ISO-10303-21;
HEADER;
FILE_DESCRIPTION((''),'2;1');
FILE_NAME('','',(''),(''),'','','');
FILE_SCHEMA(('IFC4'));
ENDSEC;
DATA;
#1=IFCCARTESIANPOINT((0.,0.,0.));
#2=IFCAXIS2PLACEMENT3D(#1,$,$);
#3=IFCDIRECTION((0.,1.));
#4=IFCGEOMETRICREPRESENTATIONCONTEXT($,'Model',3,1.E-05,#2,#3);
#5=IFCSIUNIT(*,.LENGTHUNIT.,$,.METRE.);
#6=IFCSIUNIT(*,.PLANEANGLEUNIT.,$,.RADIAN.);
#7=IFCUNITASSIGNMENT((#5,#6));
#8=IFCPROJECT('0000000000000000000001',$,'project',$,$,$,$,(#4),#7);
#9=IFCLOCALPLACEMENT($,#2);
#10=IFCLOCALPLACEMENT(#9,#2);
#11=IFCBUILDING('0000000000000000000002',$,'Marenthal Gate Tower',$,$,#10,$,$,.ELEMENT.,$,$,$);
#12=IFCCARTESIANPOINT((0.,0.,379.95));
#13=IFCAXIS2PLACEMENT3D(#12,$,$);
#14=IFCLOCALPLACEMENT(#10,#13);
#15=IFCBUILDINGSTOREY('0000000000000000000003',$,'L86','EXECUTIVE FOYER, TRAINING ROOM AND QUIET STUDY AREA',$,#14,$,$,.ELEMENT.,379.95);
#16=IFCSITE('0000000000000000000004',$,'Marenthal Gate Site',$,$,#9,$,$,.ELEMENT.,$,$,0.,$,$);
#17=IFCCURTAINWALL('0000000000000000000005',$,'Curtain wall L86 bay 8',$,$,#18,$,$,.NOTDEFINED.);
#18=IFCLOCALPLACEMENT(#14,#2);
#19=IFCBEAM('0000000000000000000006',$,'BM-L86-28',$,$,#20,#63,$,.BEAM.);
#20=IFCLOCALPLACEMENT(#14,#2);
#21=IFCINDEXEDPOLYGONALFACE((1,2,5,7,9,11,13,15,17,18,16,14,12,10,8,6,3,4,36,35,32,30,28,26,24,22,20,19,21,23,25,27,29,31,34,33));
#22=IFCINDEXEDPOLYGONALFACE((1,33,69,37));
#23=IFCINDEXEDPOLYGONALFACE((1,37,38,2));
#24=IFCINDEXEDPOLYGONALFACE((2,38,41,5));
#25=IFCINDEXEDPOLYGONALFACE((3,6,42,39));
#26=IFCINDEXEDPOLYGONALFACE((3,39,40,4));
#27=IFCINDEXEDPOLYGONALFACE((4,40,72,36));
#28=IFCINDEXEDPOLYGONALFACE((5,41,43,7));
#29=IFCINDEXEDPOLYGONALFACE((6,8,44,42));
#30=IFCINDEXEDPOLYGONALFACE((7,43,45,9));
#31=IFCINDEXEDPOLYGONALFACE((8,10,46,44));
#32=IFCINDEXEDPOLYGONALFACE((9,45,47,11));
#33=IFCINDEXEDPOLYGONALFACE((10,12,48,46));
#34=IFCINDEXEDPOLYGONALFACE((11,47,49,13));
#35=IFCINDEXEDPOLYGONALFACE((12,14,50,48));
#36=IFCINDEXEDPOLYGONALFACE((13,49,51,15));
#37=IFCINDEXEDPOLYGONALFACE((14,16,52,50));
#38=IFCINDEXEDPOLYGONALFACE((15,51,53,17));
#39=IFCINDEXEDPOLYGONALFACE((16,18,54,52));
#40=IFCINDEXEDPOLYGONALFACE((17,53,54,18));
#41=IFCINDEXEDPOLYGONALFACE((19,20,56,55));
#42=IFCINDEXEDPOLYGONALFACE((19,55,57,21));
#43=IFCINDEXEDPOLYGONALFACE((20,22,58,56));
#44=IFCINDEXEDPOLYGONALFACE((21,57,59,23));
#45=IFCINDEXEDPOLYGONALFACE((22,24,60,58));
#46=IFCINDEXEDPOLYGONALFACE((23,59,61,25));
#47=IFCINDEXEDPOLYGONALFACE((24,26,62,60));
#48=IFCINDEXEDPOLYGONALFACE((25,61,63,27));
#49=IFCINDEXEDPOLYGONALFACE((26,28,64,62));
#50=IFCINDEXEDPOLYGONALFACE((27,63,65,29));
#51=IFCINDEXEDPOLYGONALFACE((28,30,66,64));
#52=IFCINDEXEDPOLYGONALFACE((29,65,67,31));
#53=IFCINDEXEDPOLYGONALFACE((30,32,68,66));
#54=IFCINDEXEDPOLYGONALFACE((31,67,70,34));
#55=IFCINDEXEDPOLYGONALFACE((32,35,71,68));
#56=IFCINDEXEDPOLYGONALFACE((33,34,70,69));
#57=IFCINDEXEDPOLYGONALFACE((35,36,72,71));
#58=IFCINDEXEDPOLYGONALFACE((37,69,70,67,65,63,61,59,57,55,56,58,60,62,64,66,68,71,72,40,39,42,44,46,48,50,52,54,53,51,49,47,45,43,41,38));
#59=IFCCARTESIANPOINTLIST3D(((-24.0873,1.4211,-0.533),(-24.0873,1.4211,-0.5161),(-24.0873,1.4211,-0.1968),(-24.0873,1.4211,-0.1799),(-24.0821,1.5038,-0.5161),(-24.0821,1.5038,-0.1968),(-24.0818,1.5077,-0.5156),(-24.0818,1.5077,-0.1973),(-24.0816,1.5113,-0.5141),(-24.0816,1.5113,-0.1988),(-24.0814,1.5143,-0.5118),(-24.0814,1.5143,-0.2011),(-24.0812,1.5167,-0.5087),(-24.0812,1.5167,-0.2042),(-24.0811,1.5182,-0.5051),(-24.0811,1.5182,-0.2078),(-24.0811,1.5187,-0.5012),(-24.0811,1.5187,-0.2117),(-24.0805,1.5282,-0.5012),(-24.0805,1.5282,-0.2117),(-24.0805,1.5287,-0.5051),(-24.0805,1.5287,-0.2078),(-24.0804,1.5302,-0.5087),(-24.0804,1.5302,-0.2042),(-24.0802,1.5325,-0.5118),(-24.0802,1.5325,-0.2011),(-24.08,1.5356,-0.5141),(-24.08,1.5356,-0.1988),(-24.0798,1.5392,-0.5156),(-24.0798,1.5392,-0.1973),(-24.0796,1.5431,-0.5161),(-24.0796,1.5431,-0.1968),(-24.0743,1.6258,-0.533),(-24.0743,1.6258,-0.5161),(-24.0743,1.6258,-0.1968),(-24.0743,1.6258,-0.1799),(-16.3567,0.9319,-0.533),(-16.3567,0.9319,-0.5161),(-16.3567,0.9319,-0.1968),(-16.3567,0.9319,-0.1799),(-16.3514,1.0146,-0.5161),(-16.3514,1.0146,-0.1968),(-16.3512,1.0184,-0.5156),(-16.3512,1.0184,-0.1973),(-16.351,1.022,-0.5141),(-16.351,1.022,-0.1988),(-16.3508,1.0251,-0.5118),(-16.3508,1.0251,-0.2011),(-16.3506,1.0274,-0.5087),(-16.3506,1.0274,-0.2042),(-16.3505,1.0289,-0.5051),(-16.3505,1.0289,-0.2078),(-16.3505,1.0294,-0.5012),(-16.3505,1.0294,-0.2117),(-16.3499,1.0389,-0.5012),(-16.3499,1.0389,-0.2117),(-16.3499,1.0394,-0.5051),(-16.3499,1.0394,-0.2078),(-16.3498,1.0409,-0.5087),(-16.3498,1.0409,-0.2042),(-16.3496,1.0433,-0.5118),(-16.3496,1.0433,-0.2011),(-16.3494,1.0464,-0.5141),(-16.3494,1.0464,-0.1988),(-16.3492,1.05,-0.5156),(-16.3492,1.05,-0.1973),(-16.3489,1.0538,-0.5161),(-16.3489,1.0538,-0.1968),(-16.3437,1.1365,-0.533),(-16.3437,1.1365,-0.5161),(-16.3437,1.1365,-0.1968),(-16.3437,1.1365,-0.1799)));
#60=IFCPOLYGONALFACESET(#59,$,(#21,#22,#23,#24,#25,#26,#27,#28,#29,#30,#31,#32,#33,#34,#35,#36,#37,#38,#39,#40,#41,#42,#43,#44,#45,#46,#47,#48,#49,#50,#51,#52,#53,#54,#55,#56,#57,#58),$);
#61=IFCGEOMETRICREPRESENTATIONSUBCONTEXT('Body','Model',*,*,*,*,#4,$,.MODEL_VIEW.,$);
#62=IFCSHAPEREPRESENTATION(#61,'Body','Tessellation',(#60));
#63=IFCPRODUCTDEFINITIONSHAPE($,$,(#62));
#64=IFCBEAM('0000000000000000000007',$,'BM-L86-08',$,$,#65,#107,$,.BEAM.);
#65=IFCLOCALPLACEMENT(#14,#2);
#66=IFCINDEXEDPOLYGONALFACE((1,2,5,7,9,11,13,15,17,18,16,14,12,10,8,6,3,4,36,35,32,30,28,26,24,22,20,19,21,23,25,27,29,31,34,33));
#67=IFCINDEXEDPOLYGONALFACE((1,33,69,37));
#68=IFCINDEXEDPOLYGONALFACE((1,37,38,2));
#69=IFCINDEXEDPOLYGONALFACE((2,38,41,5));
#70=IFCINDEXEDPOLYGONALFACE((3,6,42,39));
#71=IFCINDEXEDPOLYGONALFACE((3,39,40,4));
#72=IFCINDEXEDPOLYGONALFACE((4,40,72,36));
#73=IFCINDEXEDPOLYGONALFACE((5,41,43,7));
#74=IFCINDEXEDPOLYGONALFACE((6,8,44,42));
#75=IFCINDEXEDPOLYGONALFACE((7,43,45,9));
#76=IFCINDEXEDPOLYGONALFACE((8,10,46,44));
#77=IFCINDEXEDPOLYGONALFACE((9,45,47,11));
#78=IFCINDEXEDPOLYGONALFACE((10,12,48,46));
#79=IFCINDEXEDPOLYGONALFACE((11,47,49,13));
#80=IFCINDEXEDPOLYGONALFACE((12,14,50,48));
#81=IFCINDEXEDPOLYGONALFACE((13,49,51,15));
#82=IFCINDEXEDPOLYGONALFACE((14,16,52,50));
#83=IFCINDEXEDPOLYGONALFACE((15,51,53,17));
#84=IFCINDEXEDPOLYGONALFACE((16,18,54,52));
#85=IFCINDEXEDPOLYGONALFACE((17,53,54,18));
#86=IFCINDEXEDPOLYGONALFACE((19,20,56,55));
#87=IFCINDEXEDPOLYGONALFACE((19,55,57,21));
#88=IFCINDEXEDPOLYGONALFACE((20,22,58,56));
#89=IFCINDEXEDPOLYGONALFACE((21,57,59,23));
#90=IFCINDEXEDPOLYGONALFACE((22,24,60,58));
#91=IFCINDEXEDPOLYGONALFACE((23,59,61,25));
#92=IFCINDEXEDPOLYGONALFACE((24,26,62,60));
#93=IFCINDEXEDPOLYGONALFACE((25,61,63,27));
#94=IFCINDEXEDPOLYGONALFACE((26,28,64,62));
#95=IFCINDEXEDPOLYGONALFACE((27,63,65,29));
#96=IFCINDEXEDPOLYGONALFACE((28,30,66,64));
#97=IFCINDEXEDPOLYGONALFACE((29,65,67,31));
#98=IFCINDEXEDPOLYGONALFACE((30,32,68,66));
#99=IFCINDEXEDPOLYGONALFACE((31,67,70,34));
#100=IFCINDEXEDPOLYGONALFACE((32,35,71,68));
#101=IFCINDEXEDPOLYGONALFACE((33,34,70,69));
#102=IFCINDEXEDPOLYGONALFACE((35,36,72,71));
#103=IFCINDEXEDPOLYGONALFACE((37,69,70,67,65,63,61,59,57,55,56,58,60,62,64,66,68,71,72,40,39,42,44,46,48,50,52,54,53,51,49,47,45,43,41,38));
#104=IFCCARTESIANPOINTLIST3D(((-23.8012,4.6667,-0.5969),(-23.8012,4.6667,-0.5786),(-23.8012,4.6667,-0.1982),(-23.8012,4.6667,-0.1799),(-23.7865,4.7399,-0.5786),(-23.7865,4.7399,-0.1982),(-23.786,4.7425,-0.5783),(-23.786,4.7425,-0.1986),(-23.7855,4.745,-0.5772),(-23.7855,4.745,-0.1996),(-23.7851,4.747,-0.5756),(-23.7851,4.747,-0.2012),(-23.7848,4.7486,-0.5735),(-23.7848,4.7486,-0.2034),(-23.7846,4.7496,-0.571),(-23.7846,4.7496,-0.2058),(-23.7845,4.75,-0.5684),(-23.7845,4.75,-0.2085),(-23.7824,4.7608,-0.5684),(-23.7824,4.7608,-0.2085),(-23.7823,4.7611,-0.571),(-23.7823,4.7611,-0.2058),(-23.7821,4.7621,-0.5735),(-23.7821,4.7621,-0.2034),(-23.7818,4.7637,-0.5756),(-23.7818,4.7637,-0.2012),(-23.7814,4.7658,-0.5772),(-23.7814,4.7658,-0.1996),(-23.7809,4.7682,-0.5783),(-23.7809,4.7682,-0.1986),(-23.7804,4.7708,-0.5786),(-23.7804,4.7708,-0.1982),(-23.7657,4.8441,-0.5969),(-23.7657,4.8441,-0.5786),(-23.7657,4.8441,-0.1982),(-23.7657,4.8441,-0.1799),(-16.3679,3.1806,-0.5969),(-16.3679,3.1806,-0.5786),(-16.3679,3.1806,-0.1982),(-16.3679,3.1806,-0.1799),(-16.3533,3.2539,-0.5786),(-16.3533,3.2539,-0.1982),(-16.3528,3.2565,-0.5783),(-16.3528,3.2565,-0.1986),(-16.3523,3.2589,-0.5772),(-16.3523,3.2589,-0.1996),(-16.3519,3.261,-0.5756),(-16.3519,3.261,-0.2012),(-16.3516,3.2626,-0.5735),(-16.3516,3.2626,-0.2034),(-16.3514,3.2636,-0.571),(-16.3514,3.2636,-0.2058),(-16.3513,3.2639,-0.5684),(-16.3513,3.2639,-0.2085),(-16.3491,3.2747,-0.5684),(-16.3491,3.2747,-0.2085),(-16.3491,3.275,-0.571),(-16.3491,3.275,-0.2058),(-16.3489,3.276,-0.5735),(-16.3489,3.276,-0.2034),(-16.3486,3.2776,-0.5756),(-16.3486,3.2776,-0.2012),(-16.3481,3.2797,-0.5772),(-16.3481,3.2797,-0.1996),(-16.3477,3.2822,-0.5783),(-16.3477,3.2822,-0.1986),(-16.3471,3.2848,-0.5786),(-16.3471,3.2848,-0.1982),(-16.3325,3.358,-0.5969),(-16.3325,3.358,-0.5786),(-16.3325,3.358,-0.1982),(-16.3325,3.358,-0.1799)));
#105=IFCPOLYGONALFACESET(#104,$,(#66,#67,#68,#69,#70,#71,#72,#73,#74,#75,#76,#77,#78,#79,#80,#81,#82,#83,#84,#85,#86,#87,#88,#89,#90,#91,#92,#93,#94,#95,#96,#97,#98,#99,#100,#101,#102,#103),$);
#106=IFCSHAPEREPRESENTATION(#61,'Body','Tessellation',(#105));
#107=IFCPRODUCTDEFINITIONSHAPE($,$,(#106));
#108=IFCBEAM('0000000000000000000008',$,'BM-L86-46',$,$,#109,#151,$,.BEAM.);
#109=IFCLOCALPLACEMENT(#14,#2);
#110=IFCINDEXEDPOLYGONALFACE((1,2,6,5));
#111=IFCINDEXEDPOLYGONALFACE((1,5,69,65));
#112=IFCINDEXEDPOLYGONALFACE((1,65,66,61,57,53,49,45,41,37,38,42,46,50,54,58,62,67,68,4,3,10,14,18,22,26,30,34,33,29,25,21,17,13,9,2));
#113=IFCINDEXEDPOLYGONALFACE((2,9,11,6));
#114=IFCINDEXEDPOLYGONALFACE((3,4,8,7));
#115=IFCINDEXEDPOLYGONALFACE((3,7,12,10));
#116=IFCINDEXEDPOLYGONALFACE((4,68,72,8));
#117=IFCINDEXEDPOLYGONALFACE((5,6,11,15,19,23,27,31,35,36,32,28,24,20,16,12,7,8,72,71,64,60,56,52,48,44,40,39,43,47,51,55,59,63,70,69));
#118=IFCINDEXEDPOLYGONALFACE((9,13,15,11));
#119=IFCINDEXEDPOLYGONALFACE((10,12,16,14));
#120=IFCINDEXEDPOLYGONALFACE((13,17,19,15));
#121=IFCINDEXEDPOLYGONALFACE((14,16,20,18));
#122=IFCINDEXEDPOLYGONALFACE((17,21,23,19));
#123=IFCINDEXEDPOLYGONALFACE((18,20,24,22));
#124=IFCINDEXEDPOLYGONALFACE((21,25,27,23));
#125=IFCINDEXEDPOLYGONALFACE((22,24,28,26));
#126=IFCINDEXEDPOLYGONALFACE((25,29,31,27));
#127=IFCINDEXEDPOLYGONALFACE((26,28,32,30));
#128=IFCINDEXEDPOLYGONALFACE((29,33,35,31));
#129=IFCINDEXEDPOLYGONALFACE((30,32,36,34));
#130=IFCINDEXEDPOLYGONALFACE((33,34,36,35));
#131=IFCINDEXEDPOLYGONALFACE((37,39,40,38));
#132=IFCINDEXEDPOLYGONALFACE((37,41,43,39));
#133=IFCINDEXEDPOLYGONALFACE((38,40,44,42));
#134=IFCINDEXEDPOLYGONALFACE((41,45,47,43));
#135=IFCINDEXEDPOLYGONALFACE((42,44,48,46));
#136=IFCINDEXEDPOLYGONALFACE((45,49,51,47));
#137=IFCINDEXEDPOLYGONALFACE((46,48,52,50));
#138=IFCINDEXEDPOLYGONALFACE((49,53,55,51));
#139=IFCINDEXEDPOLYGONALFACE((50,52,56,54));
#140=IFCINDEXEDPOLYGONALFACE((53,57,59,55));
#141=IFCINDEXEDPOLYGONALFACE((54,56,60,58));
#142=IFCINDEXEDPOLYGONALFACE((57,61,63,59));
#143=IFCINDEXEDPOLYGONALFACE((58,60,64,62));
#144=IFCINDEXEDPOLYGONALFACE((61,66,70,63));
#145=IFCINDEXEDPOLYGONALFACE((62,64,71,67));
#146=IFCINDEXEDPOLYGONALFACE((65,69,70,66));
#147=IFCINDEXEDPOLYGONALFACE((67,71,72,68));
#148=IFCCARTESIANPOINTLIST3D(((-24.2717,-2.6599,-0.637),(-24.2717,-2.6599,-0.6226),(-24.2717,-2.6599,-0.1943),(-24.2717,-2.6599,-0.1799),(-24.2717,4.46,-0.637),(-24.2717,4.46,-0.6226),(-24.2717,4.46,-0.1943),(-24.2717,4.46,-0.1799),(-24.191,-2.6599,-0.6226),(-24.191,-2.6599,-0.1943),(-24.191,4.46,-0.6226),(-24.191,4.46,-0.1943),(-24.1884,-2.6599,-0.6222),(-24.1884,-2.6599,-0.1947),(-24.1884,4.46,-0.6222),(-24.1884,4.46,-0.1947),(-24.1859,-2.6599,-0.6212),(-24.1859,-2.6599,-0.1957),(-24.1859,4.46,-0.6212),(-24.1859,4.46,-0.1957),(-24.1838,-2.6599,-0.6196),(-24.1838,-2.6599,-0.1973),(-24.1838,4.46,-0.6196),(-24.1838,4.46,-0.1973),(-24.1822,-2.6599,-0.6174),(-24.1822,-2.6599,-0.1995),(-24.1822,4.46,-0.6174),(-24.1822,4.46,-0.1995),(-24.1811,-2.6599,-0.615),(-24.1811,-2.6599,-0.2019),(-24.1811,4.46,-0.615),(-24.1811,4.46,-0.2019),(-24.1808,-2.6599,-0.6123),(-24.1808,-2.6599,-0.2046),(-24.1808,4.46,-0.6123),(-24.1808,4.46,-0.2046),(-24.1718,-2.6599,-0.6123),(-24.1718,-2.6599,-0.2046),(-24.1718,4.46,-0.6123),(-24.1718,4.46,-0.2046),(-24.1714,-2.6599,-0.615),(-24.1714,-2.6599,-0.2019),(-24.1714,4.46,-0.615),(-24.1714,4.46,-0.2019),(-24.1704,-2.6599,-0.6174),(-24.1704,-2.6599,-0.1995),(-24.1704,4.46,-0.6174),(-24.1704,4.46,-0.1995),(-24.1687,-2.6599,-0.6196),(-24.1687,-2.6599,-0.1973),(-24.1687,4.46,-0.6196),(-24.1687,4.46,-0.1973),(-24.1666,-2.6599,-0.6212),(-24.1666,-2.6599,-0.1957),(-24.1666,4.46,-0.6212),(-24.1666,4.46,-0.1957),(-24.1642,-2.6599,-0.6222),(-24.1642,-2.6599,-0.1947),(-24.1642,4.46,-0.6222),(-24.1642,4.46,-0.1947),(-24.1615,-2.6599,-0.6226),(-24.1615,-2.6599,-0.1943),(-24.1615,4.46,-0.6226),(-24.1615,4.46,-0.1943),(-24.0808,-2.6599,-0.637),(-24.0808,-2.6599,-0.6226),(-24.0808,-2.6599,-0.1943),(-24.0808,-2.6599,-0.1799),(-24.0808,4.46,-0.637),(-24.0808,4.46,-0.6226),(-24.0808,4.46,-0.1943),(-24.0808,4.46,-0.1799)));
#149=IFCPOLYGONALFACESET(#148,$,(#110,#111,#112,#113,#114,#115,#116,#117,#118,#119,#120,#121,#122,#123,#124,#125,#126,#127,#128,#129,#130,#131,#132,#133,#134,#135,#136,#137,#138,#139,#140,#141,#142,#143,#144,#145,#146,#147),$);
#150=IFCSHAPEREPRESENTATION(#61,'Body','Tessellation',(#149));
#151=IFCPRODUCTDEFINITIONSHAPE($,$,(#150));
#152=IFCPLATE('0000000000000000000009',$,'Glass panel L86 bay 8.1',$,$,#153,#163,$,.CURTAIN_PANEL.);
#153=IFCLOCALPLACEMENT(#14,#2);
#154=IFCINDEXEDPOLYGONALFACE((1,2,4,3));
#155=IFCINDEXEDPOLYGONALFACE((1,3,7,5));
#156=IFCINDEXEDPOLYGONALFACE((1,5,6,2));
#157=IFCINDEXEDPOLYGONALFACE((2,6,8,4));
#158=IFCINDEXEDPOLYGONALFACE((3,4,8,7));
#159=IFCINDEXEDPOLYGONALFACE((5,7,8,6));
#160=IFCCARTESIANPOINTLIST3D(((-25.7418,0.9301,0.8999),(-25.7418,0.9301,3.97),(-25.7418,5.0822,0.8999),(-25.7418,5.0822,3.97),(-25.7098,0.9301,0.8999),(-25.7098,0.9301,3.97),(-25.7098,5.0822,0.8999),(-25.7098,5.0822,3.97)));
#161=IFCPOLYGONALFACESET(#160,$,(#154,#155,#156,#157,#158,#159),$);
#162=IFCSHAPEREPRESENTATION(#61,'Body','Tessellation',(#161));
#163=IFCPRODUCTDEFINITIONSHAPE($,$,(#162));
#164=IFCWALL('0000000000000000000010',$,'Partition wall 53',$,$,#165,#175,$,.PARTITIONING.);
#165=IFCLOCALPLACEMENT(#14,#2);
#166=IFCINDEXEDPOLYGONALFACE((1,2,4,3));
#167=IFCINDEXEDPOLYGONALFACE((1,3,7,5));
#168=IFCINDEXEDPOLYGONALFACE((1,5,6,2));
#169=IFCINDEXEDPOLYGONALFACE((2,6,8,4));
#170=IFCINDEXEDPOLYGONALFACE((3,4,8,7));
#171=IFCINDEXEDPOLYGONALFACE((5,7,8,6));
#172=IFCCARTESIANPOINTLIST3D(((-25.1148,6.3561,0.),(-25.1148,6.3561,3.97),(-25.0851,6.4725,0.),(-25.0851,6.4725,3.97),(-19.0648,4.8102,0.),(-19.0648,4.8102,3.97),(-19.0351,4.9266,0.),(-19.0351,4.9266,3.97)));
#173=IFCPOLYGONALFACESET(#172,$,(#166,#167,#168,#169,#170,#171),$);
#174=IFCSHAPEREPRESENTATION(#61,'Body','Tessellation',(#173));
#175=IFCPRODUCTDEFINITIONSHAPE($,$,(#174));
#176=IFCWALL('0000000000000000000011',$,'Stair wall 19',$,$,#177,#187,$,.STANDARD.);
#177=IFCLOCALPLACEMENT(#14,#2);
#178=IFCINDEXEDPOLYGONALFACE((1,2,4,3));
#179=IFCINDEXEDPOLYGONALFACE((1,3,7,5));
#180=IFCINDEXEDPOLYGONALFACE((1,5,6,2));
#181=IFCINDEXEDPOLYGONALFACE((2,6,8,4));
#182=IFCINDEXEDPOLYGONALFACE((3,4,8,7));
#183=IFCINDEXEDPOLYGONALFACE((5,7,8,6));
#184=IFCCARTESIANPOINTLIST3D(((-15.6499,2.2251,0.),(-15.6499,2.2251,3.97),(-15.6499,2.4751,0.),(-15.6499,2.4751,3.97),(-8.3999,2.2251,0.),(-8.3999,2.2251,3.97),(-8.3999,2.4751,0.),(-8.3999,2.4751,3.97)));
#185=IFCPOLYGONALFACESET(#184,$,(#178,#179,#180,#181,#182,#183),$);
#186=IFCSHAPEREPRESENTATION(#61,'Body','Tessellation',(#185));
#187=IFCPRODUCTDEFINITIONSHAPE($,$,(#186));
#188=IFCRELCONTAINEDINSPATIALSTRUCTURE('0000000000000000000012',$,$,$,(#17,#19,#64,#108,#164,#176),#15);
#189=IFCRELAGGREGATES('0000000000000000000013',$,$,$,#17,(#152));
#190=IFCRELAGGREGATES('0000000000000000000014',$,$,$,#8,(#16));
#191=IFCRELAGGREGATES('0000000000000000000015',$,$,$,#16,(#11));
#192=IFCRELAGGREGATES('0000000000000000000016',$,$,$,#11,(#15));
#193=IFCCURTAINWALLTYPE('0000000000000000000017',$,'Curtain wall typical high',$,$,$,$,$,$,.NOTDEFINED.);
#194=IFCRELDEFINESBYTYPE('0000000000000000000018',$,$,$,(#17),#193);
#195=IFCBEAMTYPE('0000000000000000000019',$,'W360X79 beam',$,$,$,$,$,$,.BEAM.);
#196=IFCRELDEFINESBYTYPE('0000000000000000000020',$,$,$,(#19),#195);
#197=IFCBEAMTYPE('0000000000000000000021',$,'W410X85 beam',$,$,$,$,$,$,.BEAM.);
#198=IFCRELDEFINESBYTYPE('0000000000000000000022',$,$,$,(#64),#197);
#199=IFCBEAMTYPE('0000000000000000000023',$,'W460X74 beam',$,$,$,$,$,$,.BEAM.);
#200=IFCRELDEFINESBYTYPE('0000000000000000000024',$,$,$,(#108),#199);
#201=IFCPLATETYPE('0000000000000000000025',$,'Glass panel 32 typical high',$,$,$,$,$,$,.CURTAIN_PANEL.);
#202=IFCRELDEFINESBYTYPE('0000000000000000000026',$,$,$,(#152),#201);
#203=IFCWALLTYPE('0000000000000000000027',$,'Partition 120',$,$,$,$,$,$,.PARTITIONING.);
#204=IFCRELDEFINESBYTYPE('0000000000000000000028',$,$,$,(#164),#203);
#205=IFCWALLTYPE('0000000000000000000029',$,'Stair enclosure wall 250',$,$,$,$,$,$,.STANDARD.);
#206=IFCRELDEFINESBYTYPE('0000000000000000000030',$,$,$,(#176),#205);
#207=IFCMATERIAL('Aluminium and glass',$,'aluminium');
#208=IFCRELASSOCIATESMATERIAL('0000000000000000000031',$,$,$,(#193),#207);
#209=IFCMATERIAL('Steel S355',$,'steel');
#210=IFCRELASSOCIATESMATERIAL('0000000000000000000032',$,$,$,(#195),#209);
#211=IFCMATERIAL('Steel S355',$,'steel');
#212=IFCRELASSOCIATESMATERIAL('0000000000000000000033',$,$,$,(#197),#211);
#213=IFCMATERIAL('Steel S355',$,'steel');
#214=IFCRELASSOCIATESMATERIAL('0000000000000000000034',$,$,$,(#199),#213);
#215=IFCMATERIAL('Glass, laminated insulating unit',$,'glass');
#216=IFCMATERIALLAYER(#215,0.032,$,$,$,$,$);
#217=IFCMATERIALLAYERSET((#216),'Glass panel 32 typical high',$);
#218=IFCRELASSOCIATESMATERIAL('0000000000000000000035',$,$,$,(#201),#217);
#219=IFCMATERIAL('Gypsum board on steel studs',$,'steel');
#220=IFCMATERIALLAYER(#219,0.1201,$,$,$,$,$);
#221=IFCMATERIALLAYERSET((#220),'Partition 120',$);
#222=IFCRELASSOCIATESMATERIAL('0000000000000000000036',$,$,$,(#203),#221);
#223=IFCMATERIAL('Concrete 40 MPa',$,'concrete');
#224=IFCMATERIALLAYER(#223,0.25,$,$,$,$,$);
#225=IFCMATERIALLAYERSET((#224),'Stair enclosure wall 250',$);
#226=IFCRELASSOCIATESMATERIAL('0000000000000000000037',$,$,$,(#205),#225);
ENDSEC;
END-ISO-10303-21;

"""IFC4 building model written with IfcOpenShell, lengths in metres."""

from ifc_helpers import new_model, si_unit, direction, frame, frame_2d, origin, origin_2d, place, context, subcontext, project, spatial, rectangle, i_section, extrude, material, layer, layer_set, material_profile, profile_set, type_object, element, aggregate, save


model = new_model("IFC4")

# Units and contexts
model_context = context("Model", 3, precision=1e-05, world=origin(), true_north=direction((0.0, 1.0)))
body_context = subcontext(model_context, "Body", "Model", "MODEL_VIEW")
ifc_project = project(units=[si_unit("LENGTHUNIT", "METRE"), si_unit("PLANEANGLEUNIT", "RADIAN")], contexts=[model_context])

# Site, building, storey
site_placement = place(None, origin())
site = spatial("IfcSite", under=ifc_project, at=site_placement, Name="Marenthal Gate Site", CompositionType="ELEMENT", RefElevation=0.0)
building_placement = place(site_placement, origin())
building = spatial("IfcBuilding", under=site, at=building_placement, Name="Marenthal Gate Tower", CompositionType="ELEMENT")
storey_placement = place(building_placement, frame((0.0, 0.0, 379.95)))
storey = spatial("IfcBuildingStorey", under=building, at=storey_placement, Name="L86", Description="EXECUTIVE FOYER, TRAINING ROOM AND QUIET STUDY AREA", CompositionType="ELEMENT", Elevation=379.95)

# Curtain wall
ifc_material_1 = material(Name="Aluminium and glass", Category="aluminium")
curtain_wall_type = type_object("IfcCurtainWallType", Name="Curtain wall typical high", PredefinedType="NOTDEFINED", material=ifc_material_1)
curtain_wall_placement = place(storey_placement, origin())
curtain_wall = element("IfcCurtainWall", 1, at=curtain_wall_placement, inside=storey, type_object=curtain_wall_type, Name="Curtain wall L86 bay 8", PredefinedType="NOTDEFINED")

# Beams
ifc_material_2 = material(Name="Steel S355", Category="steel")
ifc_material_profile_1 = material_profile(ifc_material_2, i_section(OverallWidth=0.2051, OverallDepth=0.353, WebThickness=0.0095, FlangeThickness=0.0168, FilletRadius=0.0149, at=origin_2d()), Name="W360X79")
ifc_profile_set_1 = profile_set([ifc_material_profile_1], Name="Steel S355")
beam_type_1 = type_object("IfcBeamType", Name="W360X79 beam", PredefinedType="BEAM", material=ifc_profile_set_1)
beam_1_placement = place(storey_placement, frame((-24.0808, 1.5234, -0.3564), z_axis=(0.998003, -0.063161, 0.0), x_axis=(0.063161, 0.998003, 0.0)))
element("IfcBeam", 2, at=beam_1_placement, inside=storey, type_object=beam_type_1, Name="BM-L86-28", PredefinedType="BEAM", context=body_context, shape_type="SweptSolid", body=[
    extrude(i_section(OverallWidth=0.2051, OverallDepth=0.353, WebThickness=0.0095, FlangeThickness=0.0168, FilletRadius=0.0149, at=origin_2d()), origin(), (0.0, 0.0, 1.0), 7.7461),
])
ifc_material_3 = material(Name="Steel S355", Category="steel")
ifc_material_profile_2 = material_profile(ifc_material_3, i_section(OverallWidth=0.1809, OverallDepth=0.417, WebThickness=0.011, FlangeThickness=0.0183, FilletRadius=0.0103, at=origin_2d()), Name="W410X85")
ifc_profile_set_2 = profile_set([ifc_material_profile_2], Name="Steel S355")
beam_type_2 = type_object("IfcBeamType", Name="W410X85 beam", PredefinedType="BEAM", material=ifc_profile_set_2)
beam_2_placement = place(storey_placement, frame((-23.7834, 4.7554, -0.3884), z_axis=(0.980596, -0.196042, 0.0), x_axis=(0.196042, 0.980596, 0.0)))
element("IfcBeam", 3, at=beam_2_placement, inside=storey, type_object=beam_type_2, Name="BM-L86-08", PredefinedType="BEAM", context=body_context, shape_type="SweptSolid", body=[
    extrude(i_section(OverallWidth=0.1809, OverallDepth=0.417, WebThickness=0.011, FlangeThickness=0.0183, FilletRadius=0.0103, at=origin_2d()), origin(), (0.0, 0.0, 1.0), 7.5803),
])
ifc_material_4 = material(Name="Steel S355", Category="steel")
ifc_material_profile_3 = material_profile(ifc_material_4, i_section(OverallWidth=0.1909, OverallDepth=0.457, WebThickness=0.009, FlangeThickness=0.0144, FilletRadius=0.0103, at=origin_2d()), Name="W460X74")
ifc_profile_set_3 = profile_set([ifc_material_profile_3], Name="Steel S355")
beam_type_3 = type_object("IfcBeamType", Name="W460X74 beam", PredefinedType="BEAM", material=ifc_profile_set_3)
beam_3_placement = place(storey_placement, frame((-24.1763, 4.46, -0.4084), z_axis=(0.0, -1.0, 0.0), x_axis=(1.0, 0.0, 0.0)))
element("IfcBeam", 4, at=beam_3_placement, inside=storey, type_object=beam_type_3, Name="BM-L86-46", PredefinedType="BEAM", context=body_context, shape_type="SweptSolid", body=[
    extrude(i_section(OverallWidth=0.1909, OverallDepth=0.457, WebThickness=0.009, FlangeThickness=0.0144, FilletRadius=0.0103, at=origin_2d()), origin(), (0.0, 0.0, 1.0), 7.1199),
])

# Plate
ifc_material_5 = material(Name="Glass, laminated insulating unit", Category="glass")
ifc_layer_1 = layer(ifc_material_5, 0.032)
ifc_layer_set_1 = layer_set([ifc_layer_1], Name="Glass panel 32 typical high")
plate_type = type_object("IfcPlateType", Name="Glass panel 32 typical high", PredefinedType="CURTAIN_PANEL", material=ifc_layer_set_1)
plate_placement = place(storey_placement, frame((-25.7258, 3.0061, 0.8999), z_axis=(0.0, 0.0, 1.0), x_axis=(0.0, -1.0, 0.0)))
plate = element("IfcPlate", 5, at=plate_placement, type_object=plate_type, Name="Glass panel L86 bay 8.1", PredefinedType="CURTAIN_PANEL", context=body_context, shape_type="SweptSolid", body=[
    extrude(rectangle(XDim=4.1521, YDim=0.032, at=origin_2d()), origin(), (0.0, 0.0, 1.0), 3.0701),
])
aggregate(curtain_wall, [plate])

# Walls
ifc_material_6 = material(Name="Gypsum board on steel studs", Category="steel")
ifc_layer_2 = layer(ifc_material_6, 0.1201)
ifc_layer_set_2 = layer_set([ifc_layer_2], Name="Partition 120")
wall_type_1 = type_object("IfcWallType", Name="Partition 120", PredefinedType="PARTITIONING", material=ifc_layer_set_2)
wall_1_placement = place(storey_placement, frame((-19.05, 4.8684, 0.0), z_axis=(0.0, 0.0, 1.0), x_axis=(-0.968871, 0.247564, 0.0)))
element("IfcWall", 6, at=wall_1_placement, inside=storey, type_object=wall_type_1, Name="Partition wall 53", PredefinedType="PARTITIONING", context=body_context, shape_type="SweptSolid", body=[
    extrude(rectangle(XDim=6.2444, YDim=0.1201, at=frame_2d((3.1221, 0.0))), origin(), (0.0, 0.0, 1.0), 3.97),
])
ifc_material_7 = material(Name="Concrete 40 MPa", Category="concrete")
ifc_layer_3 = layer(ifc_material_7, 0.25)
ifc_layer_set_3 = layer_set([ifc_layer_3], Name="Stair enclosure wall 250")
wall_type_2 = type_object("IfcWallType", Name="Stair enclosure wall 250", PredefinedType="STANDARD", material=ifc_layer_set_3)
wall_2_placement = place(storey_placement, frame((-15.6499, 2.3501, 0.0), z_axis=(0.0, 0.0, 1.0), x_axis=(1.0, 0.0, 0.0)))
element("IfcWall", 7, at=wall_2_placement, inside=storey, type_object=wall_type_2, Name="Stair wall 19", PredefinedType="STANDARD", context=body_context, shape_type="SweptSolid", body=[
    extrude(rectangle(XDim=7.25, YDim=0.25, at=frame_2d((3.625, 0.0))), origin(), (0.0, 0.0, 1.0), 3.97),
])

save(model, "model.ifc")
